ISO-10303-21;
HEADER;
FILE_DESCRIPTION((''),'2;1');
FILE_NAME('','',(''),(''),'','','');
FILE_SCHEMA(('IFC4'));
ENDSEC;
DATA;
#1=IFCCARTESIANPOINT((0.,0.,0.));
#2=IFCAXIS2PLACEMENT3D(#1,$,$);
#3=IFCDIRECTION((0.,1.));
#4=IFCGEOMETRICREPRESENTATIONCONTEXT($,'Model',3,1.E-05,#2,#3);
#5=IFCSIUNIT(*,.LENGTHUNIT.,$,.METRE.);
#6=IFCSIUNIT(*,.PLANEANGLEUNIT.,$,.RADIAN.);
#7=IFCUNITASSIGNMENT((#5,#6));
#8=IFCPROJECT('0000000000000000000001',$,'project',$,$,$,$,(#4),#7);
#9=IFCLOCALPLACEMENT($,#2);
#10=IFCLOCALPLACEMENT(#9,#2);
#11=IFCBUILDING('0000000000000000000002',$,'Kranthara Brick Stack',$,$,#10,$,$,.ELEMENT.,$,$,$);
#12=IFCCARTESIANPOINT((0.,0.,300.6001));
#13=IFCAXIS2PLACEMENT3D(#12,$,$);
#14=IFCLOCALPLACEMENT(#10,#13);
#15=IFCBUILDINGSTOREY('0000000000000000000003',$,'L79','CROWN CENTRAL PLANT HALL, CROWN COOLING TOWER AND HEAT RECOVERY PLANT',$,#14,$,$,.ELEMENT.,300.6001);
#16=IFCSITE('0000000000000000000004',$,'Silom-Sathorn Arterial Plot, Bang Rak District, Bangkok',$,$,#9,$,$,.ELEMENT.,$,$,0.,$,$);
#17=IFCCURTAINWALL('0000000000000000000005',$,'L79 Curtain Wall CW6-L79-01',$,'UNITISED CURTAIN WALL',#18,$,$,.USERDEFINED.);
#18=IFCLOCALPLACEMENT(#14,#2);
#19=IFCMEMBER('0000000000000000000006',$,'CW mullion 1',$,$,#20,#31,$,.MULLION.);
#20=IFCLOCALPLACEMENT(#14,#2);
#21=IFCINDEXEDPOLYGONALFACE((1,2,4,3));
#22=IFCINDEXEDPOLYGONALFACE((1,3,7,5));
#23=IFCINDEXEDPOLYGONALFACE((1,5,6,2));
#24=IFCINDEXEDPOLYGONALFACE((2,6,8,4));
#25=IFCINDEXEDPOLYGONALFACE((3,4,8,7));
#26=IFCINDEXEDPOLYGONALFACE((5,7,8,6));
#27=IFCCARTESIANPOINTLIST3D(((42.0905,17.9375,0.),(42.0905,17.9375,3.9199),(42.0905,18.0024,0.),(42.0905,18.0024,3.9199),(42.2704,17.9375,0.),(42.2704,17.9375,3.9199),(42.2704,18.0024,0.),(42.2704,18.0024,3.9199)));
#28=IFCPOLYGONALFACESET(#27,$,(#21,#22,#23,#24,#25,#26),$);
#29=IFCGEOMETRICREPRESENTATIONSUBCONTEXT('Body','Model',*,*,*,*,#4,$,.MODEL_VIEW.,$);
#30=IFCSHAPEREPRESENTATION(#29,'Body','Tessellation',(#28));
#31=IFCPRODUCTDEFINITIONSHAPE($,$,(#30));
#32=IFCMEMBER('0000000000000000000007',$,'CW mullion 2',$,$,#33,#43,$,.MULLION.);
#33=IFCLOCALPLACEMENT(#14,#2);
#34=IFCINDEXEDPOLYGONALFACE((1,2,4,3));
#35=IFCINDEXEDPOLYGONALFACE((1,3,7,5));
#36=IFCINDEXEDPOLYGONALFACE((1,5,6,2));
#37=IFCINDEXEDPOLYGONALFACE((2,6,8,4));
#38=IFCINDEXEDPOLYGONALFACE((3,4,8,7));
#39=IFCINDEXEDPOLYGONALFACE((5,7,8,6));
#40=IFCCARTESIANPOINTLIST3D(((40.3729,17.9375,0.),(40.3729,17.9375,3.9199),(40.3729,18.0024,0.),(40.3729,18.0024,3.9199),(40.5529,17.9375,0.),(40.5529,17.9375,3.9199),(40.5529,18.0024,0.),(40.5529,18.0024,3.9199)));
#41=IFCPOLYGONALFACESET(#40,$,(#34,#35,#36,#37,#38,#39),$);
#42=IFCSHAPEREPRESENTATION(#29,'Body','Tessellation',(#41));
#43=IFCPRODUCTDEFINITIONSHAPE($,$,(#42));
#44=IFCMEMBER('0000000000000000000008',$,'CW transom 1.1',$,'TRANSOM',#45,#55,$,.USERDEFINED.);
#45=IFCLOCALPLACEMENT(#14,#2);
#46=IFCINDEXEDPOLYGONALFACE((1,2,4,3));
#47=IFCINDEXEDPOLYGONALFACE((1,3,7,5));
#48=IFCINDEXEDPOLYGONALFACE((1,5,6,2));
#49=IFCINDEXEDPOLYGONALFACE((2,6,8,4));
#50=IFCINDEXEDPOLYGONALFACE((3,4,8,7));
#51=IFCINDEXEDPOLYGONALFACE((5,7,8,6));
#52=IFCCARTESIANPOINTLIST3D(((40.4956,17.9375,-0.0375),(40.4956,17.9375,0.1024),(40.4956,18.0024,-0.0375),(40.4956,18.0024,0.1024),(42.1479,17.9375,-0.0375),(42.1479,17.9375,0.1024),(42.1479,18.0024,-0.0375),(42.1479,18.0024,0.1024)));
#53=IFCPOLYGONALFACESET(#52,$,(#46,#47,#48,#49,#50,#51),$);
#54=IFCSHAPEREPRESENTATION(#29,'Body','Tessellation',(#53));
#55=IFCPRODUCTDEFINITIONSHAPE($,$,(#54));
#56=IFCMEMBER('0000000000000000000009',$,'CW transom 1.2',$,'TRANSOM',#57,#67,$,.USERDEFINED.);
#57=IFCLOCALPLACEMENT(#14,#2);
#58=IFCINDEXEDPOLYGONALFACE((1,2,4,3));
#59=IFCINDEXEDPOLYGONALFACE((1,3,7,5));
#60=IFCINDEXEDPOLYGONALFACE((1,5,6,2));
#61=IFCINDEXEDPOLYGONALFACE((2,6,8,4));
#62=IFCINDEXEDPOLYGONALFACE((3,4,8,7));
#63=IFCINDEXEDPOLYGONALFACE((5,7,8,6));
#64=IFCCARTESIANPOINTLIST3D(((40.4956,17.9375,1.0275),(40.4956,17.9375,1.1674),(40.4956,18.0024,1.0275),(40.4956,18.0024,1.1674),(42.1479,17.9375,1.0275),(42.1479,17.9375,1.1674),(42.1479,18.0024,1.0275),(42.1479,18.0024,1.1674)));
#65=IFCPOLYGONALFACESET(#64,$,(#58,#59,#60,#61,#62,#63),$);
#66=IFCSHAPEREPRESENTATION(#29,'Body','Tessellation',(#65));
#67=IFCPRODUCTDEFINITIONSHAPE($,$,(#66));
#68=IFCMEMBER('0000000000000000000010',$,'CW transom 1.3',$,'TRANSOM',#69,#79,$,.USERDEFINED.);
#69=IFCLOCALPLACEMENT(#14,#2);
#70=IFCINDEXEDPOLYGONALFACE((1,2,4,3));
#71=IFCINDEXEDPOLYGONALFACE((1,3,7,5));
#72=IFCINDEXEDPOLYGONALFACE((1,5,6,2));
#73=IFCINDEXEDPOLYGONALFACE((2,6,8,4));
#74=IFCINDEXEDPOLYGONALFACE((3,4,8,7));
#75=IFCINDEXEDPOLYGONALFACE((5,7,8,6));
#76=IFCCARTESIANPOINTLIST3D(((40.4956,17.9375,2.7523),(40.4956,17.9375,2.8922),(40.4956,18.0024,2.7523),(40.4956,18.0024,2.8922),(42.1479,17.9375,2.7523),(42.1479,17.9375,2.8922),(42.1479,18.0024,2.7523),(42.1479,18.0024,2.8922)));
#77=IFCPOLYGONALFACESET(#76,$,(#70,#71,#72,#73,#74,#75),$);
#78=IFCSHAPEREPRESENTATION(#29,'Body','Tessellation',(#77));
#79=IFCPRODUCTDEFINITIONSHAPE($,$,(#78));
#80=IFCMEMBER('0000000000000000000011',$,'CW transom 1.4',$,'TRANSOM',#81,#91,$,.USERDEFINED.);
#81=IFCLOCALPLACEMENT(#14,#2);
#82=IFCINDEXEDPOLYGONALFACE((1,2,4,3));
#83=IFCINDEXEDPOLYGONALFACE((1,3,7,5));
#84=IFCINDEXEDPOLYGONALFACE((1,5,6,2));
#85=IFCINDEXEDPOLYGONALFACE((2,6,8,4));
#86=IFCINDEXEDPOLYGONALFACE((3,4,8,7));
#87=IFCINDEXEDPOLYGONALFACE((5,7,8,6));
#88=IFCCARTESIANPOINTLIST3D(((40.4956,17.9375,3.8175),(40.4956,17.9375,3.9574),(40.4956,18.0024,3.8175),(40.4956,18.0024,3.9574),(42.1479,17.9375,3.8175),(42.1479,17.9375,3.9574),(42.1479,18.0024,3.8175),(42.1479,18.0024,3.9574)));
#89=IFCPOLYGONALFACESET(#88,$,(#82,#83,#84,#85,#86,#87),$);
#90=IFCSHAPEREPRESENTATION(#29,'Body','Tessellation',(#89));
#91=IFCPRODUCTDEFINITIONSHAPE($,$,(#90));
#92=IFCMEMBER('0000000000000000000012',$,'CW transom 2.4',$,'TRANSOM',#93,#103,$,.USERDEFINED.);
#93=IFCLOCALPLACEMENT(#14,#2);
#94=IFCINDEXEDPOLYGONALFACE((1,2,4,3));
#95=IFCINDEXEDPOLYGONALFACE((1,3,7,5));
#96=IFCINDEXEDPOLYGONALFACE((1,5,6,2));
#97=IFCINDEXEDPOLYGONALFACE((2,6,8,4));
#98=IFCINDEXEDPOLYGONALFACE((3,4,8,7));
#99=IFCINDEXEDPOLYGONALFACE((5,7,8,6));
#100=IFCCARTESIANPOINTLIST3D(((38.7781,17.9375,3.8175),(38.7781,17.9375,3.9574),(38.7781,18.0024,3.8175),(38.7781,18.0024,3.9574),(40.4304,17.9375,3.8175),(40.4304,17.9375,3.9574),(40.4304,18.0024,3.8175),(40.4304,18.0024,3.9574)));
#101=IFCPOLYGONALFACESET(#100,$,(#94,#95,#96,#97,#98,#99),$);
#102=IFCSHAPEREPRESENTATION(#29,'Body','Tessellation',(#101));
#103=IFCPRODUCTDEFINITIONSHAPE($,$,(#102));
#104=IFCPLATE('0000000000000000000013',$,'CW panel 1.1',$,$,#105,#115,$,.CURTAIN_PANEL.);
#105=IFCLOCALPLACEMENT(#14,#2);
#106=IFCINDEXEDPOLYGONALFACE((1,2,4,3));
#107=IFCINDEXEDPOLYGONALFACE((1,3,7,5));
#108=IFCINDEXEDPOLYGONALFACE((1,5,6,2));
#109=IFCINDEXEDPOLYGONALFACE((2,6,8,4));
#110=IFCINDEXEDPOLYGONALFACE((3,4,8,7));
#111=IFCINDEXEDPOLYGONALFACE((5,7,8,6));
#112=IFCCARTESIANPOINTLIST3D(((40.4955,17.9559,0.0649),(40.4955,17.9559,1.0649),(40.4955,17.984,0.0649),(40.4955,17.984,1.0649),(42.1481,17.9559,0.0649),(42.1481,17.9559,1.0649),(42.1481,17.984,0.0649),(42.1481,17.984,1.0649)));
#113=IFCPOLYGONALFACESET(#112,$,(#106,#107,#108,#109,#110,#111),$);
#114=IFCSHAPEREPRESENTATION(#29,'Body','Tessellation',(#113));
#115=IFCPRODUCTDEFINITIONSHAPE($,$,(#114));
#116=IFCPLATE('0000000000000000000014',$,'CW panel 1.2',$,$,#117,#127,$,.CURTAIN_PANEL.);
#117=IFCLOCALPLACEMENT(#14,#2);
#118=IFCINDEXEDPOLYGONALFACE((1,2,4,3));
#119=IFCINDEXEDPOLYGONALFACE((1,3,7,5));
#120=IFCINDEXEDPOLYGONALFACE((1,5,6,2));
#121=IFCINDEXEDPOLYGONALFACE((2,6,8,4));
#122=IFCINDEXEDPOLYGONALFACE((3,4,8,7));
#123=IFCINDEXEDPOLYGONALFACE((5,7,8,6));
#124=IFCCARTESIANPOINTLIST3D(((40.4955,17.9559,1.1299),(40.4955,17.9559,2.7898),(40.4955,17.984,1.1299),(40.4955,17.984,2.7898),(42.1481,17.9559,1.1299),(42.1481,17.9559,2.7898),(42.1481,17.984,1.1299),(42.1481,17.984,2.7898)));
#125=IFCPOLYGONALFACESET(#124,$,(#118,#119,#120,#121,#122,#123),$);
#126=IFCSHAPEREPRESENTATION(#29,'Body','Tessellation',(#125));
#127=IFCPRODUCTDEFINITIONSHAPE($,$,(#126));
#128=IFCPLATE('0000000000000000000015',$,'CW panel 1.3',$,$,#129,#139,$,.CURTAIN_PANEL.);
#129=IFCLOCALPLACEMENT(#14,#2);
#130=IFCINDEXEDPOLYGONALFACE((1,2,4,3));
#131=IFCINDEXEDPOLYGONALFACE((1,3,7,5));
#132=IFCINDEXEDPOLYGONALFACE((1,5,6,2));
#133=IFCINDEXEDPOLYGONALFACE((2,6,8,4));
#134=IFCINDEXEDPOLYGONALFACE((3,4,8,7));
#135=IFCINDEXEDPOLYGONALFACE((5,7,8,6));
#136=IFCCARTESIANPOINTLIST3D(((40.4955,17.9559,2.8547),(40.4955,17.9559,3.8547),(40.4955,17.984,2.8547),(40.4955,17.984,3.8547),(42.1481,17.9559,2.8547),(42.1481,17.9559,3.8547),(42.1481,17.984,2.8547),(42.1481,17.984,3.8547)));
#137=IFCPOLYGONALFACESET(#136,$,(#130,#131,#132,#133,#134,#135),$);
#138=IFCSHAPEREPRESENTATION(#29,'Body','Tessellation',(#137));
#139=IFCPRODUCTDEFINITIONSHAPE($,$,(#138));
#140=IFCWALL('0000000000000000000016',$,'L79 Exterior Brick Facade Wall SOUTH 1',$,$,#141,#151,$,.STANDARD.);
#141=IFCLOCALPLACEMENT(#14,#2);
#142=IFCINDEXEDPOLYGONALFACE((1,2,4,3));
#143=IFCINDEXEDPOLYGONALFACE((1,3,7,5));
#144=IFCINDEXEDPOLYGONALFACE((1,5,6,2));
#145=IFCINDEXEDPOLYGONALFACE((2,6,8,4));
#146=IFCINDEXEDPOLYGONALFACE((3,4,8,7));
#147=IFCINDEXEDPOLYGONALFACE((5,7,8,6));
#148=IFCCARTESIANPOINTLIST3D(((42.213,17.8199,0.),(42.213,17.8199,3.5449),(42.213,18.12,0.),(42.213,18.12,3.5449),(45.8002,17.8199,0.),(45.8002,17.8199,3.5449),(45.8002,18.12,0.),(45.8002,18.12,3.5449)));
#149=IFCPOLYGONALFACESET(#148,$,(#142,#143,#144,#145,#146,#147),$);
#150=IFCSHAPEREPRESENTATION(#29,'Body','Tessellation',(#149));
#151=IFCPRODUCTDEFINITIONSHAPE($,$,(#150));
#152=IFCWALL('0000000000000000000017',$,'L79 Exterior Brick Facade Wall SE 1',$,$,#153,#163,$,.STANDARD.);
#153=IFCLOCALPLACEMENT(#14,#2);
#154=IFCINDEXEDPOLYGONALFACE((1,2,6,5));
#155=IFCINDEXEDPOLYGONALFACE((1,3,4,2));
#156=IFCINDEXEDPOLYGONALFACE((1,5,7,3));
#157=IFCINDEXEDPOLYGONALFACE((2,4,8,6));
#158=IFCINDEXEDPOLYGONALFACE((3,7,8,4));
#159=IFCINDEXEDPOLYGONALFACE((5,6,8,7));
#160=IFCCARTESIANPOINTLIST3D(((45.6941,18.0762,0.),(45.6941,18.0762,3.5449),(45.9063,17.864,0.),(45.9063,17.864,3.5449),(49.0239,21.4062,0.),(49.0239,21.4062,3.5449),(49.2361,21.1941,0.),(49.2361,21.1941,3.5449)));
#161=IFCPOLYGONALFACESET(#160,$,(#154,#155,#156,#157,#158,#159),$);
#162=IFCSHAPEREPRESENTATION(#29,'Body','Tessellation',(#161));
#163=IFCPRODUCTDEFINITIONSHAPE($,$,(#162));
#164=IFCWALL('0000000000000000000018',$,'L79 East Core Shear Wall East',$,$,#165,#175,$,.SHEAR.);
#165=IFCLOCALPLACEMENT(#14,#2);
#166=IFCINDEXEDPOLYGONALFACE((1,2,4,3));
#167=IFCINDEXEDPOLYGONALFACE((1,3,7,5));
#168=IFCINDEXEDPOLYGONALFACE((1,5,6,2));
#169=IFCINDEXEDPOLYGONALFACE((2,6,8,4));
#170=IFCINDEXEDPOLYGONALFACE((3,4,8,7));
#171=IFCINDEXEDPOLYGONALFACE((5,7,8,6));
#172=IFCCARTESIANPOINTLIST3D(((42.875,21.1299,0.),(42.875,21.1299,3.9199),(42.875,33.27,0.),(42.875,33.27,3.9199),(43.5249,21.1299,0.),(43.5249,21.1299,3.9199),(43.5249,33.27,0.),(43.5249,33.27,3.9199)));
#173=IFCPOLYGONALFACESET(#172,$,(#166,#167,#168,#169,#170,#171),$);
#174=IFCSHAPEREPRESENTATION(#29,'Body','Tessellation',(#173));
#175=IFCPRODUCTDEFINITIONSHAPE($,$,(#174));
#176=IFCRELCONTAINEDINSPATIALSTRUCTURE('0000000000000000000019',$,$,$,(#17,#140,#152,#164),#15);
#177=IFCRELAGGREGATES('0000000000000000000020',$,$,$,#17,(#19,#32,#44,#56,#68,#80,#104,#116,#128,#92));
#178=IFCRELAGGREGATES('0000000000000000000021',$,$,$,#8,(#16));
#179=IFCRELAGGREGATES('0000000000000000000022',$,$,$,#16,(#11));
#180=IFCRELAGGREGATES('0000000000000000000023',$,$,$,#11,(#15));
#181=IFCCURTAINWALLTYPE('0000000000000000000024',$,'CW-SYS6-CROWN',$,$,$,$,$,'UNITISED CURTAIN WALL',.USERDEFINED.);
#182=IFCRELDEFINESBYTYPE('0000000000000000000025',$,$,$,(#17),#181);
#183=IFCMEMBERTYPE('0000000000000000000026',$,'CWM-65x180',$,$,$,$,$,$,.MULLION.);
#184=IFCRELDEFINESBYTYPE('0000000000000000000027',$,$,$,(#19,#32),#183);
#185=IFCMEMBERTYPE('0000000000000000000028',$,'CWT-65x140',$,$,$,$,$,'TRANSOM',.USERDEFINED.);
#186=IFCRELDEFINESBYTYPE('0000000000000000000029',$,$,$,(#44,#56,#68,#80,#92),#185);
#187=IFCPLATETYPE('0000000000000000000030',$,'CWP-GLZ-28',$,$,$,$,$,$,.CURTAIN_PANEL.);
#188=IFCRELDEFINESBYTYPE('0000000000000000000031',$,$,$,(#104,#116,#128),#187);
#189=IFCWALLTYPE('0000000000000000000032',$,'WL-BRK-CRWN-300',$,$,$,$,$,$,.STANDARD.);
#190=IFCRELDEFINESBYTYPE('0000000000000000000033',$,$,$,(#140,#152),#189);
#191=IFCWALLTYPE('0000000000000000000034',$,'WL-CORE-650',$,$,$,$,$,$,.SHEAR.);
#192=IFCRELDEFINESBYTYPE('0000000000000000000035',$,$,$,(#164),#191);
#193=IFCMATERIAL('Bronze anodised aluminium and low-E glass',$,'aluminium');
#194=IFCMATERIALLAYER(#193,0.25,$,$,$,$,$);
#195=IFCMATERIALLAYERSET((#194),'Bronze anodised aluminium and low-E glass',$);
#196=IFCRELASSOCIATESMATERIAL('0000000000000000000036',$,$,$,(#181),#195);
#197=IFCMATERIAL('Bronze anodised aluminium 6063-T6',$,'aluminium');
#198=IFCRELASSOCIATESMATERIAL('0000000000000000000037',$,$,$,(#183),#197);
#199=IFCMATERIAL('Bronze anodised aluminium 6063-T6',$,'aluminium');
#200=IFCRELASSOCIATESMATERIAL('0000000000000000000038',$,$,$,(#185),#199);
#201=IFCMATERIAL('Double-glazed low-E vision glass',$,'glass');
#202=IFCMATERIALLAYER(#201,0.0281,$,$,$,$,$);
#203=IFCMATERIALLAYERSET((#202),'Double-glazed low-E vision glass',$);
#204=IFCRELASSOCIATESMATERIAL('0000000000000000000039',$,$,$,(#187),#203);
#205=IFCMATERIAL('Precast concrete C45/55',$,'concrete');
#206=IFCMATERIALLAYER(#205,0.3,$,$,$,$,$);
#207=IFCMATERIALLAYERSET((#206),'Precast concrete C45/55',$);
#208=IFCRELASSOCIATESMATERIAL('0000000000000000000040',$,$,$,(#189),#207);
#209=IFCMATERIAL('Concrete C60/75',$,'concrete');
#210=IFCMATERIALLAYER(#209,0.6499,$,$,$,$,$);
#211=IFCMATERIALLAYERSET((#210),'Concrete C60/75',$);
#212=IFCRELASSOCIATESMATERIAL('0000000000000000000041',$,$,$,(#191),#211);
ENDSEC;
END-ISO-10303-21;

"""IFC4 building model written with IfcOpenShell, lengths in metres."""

from ifc_helpers import new_model, si_unit, direction, frame, frame_2d, origin, origin_2d, place, context, subcontext, project, spatial, rectangle, extrude, material, layer, layer_set, material_profile, profile_set, type_object, element, aggregate, save


model = new_model("IFC4")

# Units and contexts
model_context = context("Model", 3, precision=1e-05, world=origin(), true_north=direction((0.0, 1.0)))
body_context = subcontext(model_context, "Body", "Model", "MODEL_VIEW")
ifc_project = project(units=[si_unit("LENGTHUNIT", "METRE"), si_unit("PLANEANGLEUNIT", "RADIAN")], contexts=[model_context])

# Site, building, storey
site_placement = place(None, origin())
site = spatial("IfcSite", under=ifc_project, at=site_placement, Name="Silom-Sathorn Arterial Plot, Bang Rak District, Bangkok", CompositionType="ELEMENT", RefElevation=0.0)
building_placement = place(site_placement, origin())
building = spatial("IfcBuilding", under=site, at=building_placement, Name="Kranthara Brick Stack", CompositionType="ELEMENT")
storey_placement = place(building_placement, frame((0.0, 0.0, 300.6001)))
storey = spatial("IfcBuildingStorey", under=building, at=storey_placement, Name="L79", Description="CROWN CENTRAL PLANT HALL, CROWN COOLING TOWER AND HEAT RECOVERY PLANT", CompositionType="ELEMENT", Elevation=300.6001)

# Curtain wall, members, plates
ifc_material_1 = material(Name="Bronze anodised aluminium and low-E glass", Category="aluminium")
ifc_layer_1 = layer(ifc_material_1, 0.25)
ifc_layer_set_1 = layer_set([ifc_layer_1], Name="Bronze anodised aluminium and low-E glass")
curtain_wall_type = type_object("IfcCurtainWallType", Name="CW-SYS6-CROWN", ElementType="UNITISED CURTAIN WALL", PredefinedType="USERDEFINED", material=ifc_layer_set_1)
curtain_wall_placement = place(storey_placement, origin())
curtain_wall = element("IfcCurtainWall", 1, at=curtain_wall_placement, inside=storey, type_object=curtain_wall_type, Name="L79 Curtain Wall CW6-L79-01", ObjectType="UNITISED CURTAIN WALL", PredefinedType="USERDEFINED")
ifc_material_2 = material(Name="Bronze anodised aluminium 6063-T6", Category="aluminium")
ifc_material_profile_1 = material_profile(ifc_material_2, rectangle(XDim=0.0649, YDim=0.1799, at=origin_2d()), Name="ALU MULLION 65x180")
ifc_profile_set_1 = profile_set([ifc_material_profile_1], Name="Bronze anodised aluminium 6063-T6")
member_type_1 = type_object("IfcMemberType", Name="CWM-65x180", PredefinedType="MULLION", material=ifc_profile_set_1)
member_1_placement = place(storey_placement, frame((42.1804, 17.97, 0.0), z_axis=(0.0, 0.0, 1.0), x_axis=(0.0, -1.0, 0.0)))
member_1 = element("IfcMember", 2, at=member_1_placement, type_object=member_type_1, Name="CW mullion 1", PredefinedType="MULLION", context=body_context, shape_type="SweptSolid", body=[
    extrude(rectangle(XDim=0.0649, YDim=0.1799, at=origin_2d()), origin(), (0.0, 0.0, 1.0), 3.9199),
])
member_2_placement = place(storey_placement, frame((40.4629, 17.97, 0.0), z_axis=(0.0, 0.0, 1.0), x_axis=(0.0, -1.0, 0.0)))
member_2 = element("IfcMember", 3, at=member_2_placement, type_object=member_type_1, Name="CW mullion 2", PredefinedType="MULLION", context=body_context, shape_type="SweptSolid", body=[
    extrude(rectangle(XDim=0.0649, YDim=0.1799, at=origin_2d()), origin(), (0.0, 0.0, 1.0), 3.9199),
])
ifc_material_3 = material(Name="Bronze anodised aluminium 6063-T6", Category="aluminium")
ifc_material_profile_2 = material_profile(ifc_material_3, rectangle(XDim=0.0649, YDim=0.1399, at=origin_2d()), Name="ALU TRANSOM 65x140")
ifc_profile_set_2 = profile_set([ifc_material_profile_2], Name="Bronze anodised aluminium 6063-T6")
member_type_2 = type_object("IfcMemberType", Name="CWT-65x140", ElementType="TRANSOM", PredefinedType="USERDEFINED", material=ifc_profile_set_2)
member_3_placement = place(storey_placement, frame((42.1479, 17.97, 0.0325), z_axis=(-1.0, 0.0, 0.0), x_axis=(0.0, -1.0, 0.0)))
member_3 = element("IfcMember", 4, at=member_3_placement, type_object=member_type_2, Name="CW transom 1.1", ObjectType="TRANSOM", PredefinedType="USERDEFINED", context=body_context, shape_type="SweptSolid", body=[
    extrude(rectangle(XDim=0.0649, YDim=0.1399, at=origin_2d()), origin(), (0.0, 0.0, 1.0), 1.6523),
])
member_4_placement = place(storey_placement, frame((42.1479, 17.97, 1.0974), z_axis=(-1.0, 0.0, 0.0), x_axis=(0.0, -1.0, 0.0)))
member_4 = element("IfcMember", 5, at=member_4_placement, type_object=member_type_2, Name="CW transom 1.2", ObjectType="TRANSOM", PredefinedType="USERDEFINED", context=body_context, shape_type="SweptSolid", body=[
    extrude(rectangle(XDim=0.0649, YDim=0.1399, at=origin_2d()), origin(), (0.0, 0.0, 1.0), 1.6523),
])
member_5_placement = place(storey_placement, frame((42.1479, 17.97, 2.8223), z_axis=(-1.0, 0.0, 0.0), x_axis=(0.0, -1.0, 0.0)))
member_5 = element("IfcMember", 6, at=member_5_placement, type_object=member_type_2, Name="CW transom 1.3", ObjectType="TRANSOM", PredefinedType="USERDEFINED", context=body_context, shape_type="SweptSolid", body=[
    extrude(rectangle(XDim=0.0649, YDim=0.1399, at=origin_2d()), origin(), (0.0, 0.0, 1.0), 1.6523),
])
member_6_placement = place(storey_placement, frame((42.1479, 17.97, 3.8875), z_axis=(-1.0, 0.0, 0.0), x_axis=(0.0, -1.0, 0.0)))
member_6 = element("IfcMember", 7, at=member_6_placement, type_object=member_type_2, Name="CW transom 1.4", ObjectType="TRANSOM", PredefinedType="USERDEFINED", context=body_context, shape_type="SweptSolid", body=[
    extrude(rectangle(XDim=0.0649, YDim=0.1399, at=origin_2d()), origin(), (0.0, 0.0, 1.0), 1.6523),
])
member_7_placement = place(storey_placement, frame((40.4304, 17.97, 3.8875), z_axis=(-1.0, 0.0, 0.0), x_axis=(0.0, -1.0, 0.0)))
member_7 = element("IfcMember", 8, at=member_7_placement, type_object=member_type_2, Name="CW transom 2.4", ObjectType="TRANSOM", PredefinedType="USERDEFINED", context=body_context, shape_type="SweptSolid", body=[
    extrude(rectangle(XDim=0.0649, YDim=0.1399, at=origin_2d()), origin(), (0.0, 0.0, 1.0), 1.6523),
])
ifc_material_4 = material(Name="Double-glazed low-E vision glass", Category="glass")
ifc_layer_2 = layer(ifc_material_4, 0.0281)
ifc_layer_set_2 = layer_set([ifc_layer_2], Name="Double-glazed low-E vision glass")
plate_type = type_object("IfcPlateType", Name="CWP-GLZ-28", PredefinedType="CURTAIN_PANEL", material=ifc_layer_set_2)
plate_1_placement = place(storey_placement, frame((41.3218, 17.97, 0.0649), z_axis=(0.0, 0.0, 1.0), x_axis=(-1.0, 0.0, 0.0)))
plate_1 = element("IfcPlate", 9, at=plate_1_placement, type_object=plate_type, Name="CW panel 1.1", PredefinedType="CURTAIN_PANEL", context=body_context, shape_type="SweptSolid", body=[
    extrude(rectangle(XDim=1.6526, YDim=0.0281, at=origin_2d()), origin(), (0.0, 0.0, 1.0), 1.0),
])
plate_2_placement = place(storey_placement, frame((41.3218, 17.97, 1.1299), z_axis=(0.0, 0.0, 1.0), x_axis=(-1.0, 0.0, 0.0)))
plate_2 = element("IfcPlate", 10, at=plate_2_placement, type_object=plate_type, Name="CW panel 1.2", PredefinedType="CURTAIN_PANEL", context=body_context, shape_type="SweptSolid", body=[
    extrude(rectangle(XDim=1.6526, YDim=0.0281, at=origin_2d()), origin(), (0.0, 0.0, 1.0), 1.6599),
])
plate_3_placement = place(storey_placement, frame((41.3218, 17.97, 2.8547), z_axis=(0.0, 0.0, 1.0), x_axis=(-1.0, 0.0, 0.0)))
plate_3 = element("IfcPlate", 11, at=plate_3_placement, type_object=plate_type, Name="CW panel 1.3", PredefinedType="CURTAIN_PANEL", context=body_context, shape_type="SweptSolid", body=[
    extrude(rectangle(XDim=1.6526, YDim=0.0281, at=origin_2d()), origin(), (0.0, 0.0, 1.0), 1.0),
])
aggregate(curtain_wall, [member_1, member_2, member_3, member_4, member_5, member_6, plate_1, plate_2, plate_3, member_7])

# Walls
ifc_material_5 = material(Name="Precast concrete C45/55", Category="concrete")
ifc_layer_3 = layer(ifc_material_5, 0.3)
ifc_layer_set_3 = layer_set([ifc_layer_3], Name="Precast concrete C45/55")
wall_type_1 = type_object("IfcWallType", Name="WL-BRK-CRWN-300", PredefinedType="STANDARD", material=ifc_layer_set_3)
wall_1_placement = place(storey_placement, frame((45.8, 17.97, 0.0), z_axis=(0.0, 0.0, 1.0), x_axis=(-1.0, 0.0, 0.0)))
element("IfcWall", 12, at=wall_1_placement, inside=storey, type_object=wall_type_1, Name="L79 Exterior Brick Facade Wall SOUTH 1", PredefinedType="STANDARD", context=body_context, shape_type="SweptSolid", body=[
    extrude(rectangle(XDim=3.5872, YDim=0.3, at=frame_2d((1.7935, 0.0))), origin(), (0.0, 0.0, 1.0), 3.5449),
])
wall_2_placement = place(storey_placement, frame((49.1299, 21.3, 0.0), z_axis=(0.0, 0.0, 1.0), x_axis=(-0.707081, -0.707133, 0.0)))
element("IfcWall", 13, at=wall_2_placement, inside=storey, type_object=wall_type_1, Name="L79 Exterior Brick Facade Wall SE 1", PredefinedType="STANDARD", context=body_context, shape_type="SweptSolid", body=[
    extrude(rectangle(XDim=4.7092, YDim=0.3, at=frame_2d((2.3545, 0.0))), origin(), (0.0, 0.0, 1.0), 3.5449),
])
ifc_material_6 = material(Name="Concrete C60/75", Category="concrete")
ifc_layer_4 = layer(ifc_material_6, 0.6499)
ifc_layer_set_4 = layer_set([ifc_layer_4], Name="Concrete C60/75")
wall_type_2 = type_object("IfcWallType", Name="WL-CORE-650", PredefinedType="SHEAR", material=ifc_layer_set_4)
wall_3_placement = place(storey_placement, frame((43.2, 21.1299, 0.0), z_axis=(0.0, 0.0, 1.0), x_axis=(0.0, 1.0, 0.0)))
element("IfcWall", 14, at=wall_3_placement, inside=storey, type_object=wall_type_2, Name="L79 East Core Shear Wall East", PredefinedType="SHEAR", context=body_context, shape_type="SweptSolid", body=[
    extrude(rectangle(XDim=12.1401, YDim=0.6499, at=frame_2d((6.0701, 0.0))), origin(), (0.0, 0.0, 1.0), 3.9199),
])

save(model, "model.ifc")
